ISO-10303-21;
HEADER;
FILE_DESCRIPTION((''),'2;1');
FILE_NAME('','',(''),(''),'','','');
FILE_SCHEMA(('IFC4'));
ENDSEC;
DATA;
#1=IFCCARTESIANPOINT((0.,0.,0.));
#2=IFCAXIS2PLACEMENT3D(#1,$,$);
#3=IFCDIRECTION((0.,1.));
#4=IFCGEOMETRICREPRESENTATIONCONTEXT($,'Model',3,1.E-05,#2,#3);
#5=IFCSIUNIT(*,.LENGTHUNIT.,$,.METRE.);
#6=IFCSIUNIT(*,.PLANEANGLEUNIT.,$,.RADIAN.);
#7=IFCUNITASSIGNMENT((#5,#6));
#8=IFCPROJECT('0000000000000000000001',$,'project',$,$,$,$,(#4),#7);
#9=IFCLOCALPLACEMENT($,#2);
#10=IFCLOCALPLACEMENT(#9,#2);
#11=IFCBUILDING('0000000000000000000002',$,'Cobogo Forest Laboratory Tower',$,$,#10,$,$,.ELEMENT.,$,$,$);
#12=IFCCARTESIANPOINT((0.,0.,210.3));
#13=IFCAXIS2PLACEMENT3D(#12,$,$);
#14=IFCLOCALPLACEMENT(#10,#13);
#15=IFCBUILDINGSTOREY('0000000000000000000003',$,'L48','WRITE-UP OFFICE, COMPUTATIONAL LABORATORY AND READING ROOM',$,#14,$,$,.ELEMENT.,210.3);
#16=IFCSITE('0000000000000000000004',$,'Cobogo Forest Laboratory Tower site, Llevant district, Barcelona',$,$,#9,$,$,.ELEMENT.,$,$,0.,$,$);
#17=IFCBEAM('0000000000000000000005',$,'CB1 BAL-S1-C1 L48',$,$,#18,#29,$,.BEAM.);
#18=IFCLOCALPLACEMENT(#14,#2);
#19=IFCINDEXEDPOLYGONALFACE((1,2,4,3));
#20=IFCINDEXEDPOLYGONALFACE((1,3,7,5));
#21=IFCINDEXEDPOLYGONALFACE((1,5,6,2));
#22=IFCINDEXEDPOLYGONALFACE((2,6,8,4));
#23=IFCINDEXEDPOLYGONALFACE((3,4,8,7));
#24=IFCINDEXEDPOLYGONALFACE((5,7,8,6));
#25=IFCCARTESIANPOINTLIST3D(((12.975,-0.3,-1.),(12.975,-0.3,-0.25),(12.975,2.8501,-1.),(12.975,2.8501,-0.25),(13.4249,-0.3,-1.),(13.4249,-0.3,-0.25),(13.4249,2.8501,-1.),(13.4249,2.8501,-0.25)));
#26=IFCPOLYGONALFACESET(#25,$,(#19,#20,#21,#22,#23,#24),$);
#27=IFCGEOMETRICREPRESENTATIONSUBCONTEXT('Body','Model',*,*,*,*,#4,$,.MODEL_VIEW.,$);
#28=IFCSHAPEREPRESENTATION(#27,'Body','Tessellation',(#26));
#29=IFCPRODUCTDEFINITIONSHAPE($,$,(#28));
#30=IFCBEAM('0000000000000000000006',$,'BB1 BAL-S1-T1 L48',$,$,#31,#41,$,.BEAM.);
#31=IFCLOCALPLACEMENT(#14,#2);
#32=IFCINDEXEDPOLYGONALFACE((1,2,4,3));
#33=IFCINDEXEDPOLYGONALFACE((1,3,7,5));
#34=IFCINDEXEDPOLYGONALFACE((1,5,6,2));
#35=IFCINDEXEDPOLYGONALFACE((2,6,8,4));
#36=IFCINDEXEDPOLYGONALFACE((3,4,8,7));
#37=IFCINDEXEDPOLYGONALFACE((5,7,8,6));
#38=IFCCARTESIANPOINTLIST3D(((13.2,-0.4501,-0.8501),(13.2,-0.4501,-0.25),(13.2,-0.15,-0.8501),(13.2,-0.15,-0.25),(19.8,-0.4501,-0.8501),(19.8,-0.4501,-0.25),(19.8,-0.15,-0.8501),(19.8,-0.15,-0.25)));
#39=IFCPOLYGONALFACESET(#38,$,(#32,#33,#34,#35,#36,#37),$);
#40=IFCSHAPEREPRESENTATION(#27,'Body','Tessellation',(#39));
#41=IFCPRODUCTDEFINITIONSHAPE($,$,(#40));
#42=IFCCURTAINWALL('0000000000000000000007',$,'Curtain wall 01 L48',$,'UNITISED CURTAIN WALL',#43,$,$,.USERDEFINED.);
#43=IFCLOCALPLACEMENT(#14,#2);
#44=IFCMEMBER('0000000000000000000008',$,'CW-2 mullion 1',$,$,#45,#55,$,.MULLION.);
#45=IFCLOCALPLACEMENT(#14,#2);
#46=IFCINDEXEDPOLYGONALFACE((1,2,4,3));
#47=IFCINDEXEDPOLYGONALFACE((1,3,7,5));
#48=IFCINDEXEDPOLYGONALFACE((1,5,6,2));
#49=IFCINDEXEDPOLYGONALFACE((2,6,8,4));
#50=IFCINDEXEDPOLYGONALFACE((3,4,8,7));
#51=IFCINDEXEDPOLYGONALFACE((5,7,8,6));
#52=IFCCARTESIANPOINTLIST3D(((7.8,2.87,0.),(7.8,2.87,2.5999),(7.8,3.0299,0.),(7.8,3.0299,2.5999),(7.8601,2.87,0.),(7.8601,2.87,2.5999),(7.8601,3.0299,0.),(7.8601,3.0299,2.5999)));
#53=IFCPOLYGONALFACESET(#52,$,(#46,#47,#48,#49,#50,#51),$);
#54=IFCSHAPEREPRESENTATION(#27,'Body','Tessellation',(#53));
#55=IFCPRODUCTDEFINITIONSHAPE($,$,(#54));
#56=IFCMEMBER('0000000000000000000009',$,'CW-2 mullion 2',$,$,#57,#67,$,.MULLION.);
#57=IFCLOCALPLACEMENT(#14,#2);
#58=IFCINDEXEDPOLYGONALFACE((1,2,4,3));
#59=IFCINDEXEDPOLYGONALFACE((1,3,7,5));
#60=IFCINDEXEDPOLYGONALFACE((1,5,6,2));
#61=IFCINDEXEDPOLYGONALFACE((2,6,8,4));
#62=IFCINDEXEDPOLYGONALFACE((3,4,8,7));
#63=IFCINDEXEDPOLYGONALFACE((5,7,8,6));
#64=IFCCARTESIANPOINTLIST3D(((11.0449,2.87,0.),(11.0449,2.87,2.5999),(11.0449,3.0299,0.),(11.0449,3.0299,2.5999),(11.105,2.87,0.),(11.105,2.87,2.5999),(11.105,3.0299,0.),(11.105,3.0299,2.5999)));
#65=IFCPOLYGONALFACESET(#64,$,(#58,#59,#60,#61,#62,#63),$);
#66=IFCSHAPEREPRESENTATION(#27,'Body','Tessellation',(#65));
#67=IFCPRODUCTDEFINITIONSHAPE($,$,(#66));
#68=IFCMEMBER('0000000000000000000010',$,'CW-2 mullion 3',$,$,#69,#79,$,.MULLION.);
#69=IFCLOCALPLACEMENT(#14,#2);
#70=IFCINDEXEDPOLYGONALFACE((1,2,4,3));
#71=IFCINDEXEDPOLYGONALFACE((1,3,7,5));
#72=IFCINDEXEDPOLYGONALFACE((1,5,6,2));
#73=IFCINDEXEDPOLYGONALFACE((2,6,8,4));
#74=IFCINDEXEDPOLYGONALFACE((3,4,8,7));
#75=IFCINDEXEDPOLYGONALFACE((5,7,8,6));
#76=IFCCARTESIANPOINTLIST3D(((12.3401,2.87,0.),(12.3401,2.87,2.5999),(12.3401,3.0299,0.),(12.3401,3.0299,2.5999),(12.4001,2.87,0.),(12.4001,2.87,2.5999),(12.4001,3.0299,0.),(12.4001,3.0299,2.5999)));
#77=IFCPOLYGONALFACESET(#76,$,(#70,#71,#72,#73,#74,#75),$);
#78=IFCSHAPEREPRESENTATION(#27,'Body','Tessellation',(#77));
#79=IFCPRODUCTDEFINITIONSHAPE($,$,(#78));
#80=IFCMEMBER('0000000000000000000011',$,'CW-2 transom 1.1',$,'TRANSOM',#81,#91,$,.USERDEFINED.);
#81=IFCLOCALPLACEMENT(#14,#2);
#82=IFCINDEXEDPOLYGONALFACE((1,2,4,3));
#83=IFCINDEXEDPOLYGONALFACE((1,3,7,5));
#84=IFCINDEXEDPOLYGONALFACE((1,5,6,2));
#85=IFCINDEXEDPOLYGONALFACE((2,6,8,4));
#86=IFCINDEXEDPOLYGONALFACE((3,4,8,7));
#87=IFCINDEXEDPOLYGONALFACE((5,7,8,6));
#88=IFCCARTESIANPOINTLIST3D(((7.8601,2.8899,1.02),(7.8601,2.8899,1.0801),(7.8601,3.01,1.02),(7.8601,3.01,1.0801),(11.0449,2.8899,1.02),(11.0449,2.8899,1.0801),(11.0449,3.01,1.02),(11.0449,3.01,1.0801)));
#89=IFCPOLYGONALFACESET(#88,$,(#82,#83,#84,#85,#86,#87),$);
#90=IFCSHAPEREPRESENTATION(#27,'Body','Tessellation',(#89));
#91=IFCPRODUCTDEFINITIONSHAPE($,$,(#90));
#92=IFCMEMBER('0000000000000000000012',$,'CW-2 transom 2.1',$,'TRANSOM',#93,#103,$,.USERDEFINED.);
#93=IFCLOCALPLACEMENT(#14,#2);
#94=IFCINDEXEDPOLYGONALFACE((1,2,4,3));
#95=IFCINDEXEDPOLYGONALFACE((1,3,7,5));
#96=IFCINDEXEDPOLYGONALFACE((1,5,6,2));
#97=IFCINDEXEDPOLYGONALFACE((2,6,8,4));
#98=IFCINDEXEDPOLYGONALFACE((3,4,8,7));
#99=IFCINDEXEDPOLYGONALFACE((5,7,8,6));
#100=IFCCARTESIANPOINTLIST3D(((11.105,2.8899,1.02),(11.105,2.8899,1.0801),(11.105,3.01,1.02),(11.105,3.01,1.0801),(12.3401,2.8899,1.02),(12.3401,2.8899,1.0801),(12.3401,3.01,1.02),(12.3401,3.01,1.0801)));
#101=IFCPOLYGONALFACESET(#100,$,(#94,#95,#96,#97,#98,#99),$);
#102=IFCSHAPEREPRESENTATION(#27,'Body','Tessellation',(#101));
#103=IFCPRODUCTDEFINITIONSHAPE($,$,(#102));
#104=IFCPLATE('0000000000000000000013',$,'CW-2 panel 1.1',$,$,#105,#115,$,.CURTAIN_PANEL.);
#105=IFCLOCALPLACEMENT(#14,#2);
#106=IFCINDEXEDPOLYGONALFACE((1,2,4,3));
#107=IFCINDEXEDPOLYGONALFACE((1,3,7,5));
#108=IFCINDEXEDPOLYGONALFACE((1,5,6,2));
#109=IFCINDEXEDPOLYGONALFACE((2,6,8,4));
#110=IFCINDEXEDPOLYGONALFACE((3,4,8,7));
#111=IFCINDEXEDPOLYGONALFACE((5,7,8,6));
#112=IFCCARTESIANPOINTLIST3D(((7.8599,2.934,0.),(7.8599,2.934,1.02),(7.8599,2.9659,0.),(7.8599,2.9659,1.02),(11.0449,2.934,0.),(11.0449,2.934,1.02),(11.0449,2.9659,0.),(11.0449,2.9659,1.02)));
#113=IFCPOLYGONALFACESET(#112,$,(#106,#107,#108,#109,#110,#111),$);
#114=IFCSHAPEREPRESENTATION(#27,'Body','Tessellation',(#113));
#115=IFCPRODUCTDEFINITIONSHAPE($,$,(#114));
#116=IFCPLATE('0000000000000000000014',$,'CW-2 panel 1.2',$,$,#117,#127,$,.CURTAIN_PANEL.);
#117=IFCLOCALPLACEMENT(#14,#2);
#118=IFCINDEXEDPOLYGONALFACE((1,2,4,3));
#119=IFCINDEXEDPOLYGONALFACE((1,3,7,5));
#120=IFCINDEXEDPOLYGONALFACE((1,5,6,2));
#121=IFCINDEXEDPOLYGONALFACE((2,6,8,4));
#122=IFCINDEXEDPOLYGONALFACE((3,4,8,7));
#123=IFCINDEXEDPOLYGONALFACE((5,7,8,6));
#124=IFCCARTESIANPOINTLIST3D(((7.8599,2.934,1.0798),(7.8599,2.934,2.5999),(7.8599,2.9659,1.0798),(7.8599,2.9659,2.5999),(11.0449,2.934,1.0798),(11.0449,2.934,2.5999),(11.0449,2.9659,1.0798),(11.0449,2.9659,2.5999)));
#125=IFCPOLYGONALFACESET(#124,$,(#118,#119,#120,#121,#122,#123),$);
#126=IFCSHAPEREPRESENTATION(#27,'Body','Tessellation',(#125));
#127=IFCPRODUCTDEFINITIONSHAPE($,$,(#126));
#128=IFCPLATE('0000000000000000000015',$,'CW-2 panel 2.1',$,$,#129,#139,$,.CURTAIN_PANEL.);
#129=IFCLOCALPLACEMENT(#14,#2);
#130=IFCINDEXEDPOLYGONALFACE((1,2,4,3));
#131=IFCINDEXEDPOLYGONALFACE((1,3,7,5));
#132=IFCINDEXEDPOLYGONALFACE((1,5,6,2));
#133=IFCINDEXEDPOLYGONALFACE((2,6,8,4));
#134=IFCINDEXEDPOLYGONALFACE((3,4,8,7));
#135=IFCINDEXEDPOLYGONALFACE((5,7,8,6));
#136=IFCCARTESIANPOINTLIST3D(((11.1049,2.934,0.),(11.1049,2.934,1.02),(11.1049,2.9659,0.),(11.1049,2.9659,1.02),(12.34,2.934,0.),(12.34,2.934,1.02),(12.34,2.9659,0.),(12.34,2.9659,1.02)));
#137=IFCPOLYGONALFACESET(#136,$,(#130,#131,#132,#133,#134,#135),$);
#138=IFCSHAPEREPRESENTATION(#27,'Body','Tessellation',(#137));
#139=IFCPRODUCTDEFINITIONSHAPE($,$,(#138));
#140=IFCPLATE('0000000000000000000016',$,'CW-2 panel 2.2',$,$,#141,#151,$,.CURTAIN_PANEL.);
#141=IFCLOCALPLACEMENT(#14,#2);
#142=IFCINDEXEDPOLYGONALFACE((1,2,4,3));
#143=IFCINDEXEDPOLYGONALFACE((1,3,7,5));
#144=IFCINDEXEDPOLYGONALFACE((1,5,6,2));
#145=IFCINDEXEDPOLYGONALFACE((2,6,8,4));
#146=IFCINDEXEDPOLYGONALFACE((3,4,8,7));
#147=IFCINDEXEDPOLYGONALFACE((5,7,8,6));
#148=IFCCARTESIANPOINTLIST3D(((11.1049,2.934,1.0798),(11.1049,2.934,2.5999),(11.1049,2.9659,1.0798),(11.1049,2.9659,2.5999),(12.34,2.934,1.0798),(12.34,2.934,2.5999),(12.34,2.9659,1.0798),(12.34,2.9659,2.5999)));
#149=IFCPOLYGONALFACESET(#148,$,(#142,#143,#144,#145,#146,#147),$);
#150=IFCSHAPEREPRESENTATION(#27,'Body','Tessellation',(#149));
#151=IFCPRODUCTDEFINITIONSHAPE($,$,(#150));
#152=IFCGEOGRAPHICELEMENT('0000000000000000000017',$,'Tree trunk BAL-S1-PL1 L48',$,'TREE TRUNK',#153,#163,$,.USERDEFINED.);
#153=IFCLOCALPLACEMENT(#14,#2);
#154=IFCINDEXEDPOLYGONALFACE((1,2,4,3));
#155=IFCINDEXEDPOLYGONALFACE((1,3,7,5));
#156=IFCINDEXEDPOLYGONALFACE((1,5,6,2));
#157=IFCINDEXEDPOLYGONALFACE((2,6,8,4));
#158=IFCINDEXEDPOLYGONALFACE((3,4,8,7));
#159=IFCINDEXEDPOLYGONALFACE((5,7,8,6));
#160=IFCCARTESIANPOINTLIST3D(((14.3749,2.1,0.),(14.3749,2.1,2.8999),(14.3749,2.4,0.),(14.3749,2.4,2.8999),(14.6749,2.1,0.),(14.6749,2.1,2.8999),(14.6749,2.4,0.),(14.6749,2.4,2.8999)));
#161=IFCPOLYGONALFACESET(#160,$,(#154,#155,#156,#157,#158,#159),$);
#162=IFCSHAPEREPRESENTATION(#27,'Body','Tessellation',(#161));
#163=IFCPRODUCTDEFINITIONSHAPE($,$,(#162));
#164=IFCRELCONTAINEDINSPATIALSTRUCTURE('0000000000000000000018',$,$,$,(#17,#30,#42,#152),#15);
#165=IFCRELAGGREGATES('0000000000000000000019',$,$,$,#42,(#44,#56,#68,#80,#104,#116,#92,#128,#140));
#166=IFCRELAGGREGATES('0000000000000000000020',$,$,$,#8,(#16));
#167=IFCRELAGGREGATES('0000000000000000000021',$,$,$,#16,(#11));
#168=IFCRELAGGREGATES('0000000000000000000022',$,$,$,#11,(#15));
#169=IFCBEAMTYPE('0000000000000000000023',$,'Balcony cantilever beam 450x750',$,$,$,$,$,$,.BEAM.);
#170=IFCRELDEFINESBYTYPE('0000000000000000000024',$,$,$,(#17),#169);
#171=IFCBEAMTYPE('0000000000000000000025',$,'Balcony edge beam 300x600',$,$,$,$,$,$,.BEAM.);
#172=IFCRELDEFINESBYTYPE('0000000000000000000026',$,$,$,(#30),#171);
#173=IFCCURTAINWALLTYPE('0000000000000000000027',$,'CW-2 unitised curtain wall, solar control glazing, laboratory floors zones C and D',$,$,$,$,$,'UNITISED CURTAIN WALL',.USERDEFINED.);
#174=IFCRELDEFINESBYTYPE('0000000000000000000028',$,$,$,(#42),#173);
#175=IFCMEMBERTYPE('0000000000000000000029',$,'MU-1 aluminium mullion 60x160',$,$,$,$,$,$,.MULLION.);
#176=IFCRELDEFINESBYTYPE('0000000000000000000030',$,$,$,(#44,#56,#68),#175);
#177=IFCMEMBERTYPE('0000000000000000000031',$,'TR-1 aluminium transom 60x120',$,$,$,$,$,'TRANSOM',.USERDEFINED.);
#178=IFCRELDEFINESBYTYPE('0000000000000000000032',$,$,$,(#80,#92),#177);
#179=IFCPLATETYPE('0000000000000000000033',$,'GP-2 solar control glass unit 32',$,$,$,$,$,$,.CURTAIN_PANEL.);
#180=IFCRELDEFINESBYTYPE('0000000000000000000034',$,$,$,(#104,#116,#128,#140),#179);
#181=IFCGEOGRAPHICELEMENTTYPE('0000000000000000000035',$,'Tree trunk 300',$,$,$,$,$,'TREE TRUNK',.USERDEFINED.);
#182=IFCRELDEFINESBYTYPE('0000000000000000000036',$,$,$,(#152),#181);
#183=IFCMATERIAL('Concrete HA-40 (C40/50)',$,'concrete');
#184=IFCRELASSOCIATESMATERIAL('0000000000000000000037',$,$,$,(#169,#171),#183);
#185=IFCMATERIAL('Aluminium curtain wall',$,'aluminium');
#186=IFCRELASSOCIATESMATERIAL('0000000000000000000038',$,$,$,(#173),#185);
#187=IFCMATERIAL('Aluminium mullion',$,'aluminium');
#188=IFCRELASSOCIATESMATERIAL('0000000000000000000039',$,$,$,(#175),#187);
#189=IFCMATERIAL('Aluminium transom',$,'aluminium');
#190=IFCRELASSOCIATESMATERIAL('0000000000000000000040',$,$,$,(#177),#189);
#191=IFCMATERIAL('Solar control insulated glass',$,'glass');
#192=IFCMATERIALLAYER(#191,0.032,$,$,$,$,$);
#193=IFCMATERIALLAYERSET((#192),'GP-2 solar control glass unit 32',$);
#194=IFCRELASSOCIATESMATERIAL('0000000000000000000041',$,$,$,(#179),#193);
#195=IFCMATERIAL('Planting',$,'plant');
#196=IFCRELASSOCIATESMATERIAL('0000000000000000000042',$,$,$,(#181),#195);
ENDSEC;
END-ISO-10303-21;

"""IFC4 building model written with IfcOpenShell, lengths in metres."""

from ifc_helpers import new_model, si_unit, direction, frame, origin, origin_2d, place, context, subcontext, project, spatial, rectangle, extrude, material, layer, layer_set, material_profile, profile_set, type_object, element, aggregate, save


model = new_model("IFC4")

# Units and contexts
model_context = context("Model", 3, precision=1e-05, world=origin(), true_north=direction((0.0, 1.0)))
body_context = subcontext(model_context, "Body", "Model", "MODEL_VIEW")
ifc_project = project(units=[si_unit("LENGTHUNIT", "METRE"), si_unit("PLANEANGLEUNIT", "RADIAN")], contexts=[model_context])

# Site, building, storey
site_placement = place(None, origin())
site = spatial("IfcSite", under=ifc_project, at=site_placement, Name="Cobogo Forest Laboratory Tower site, Llevant district, Barcelona", CompositionType="ELEMENT", RefElevation=0.0)
building_placement = place(site_placement, origin())
building = spatial("IfcBuilding", under=site, at=building_placement, Name="Cobogo Forest Laboratory Tower", CompositionType="ELEMENT")
storey_placement = place(building_placement, frame((0.0, 0.0, 210.3)))
storey = spatial("IfcBuildingStorey", under=building, at=storey_placement, Name="L48", Description="WRITE-UP OFFICE, COMPUTATIONAL LABORATORY AND READING ROOM", CompositionType="ELEMENT", Elevation=210.3)

# Beams
ifc_material_1 = material(Name="Concrete HA-40 (C40/50)", Category="concrete")
ifc_material_profile_1 = material_profile(ifc_material_1, rectangle(XDim=0.45, YDim=0.75, at=origin_2d()), Name="RC 450x750")
ifc_profile_set_1 = profile_set([ifc_material_profile_1], Name="Concrete HA-40 (C40/50)")
beam_type_1 = type_object("IfcBeamType", Name="Balcony cantilever beam 450x750", PredefinedType="BEAM", material=ifc_profile_set_1)
beam_1_placement = place(storey_placement, frame((13.2, 2.8501, -0.625), z_axis=(0.0, -1.0, 0.0), x_axis=(1.0, 0.0, 0.0)))
element("IfcBeam", 1, at=beam_1_placement, inside=storey, type_object=beam_type_1, Name="CB1 BAL-S1-C1 L48", PredefinedType="BEAM", context=body_context, shape_type="SweptSolid", body=[
    extrude(rectangle(XDim=0.45, YDim=0.75, at=origin_2d()), origin(), (0.0, 0.0, 1.0), 3.1501),
])
ifc_material_profile_2 = material_profile(ifc_material_1, rectangle(XDim=0.3, YDim=0.6001, at=origin_2d()), Name="RC 300x600")
ifc_profile_set_2 = profile_set([ifc_material_profile_2], Name="Concrete HA-40 (C40/50)")
beam_type_2 = type_object("IfcBeamType", Name="Balcony edge beam 300x600", PredefinedType="BEAM", material=ifc_profile_set_2)
beam_2_placement = place(storey_placement, frame((13.2, -0.3, -0.55), z_axis=(1.0, 0.0, 0.0), x_axis=(0.0, 1.0, 0.0)))
element("IfcBeam", 2, at=beam_2_placement, inside=storey, type_object=beam_type_2, Name="BB1 BAL-S1-T1 L48", PredefinedType="BEAM", context=body_context, shape_type="SweptSolid", body=[
    extrude(rectangle(XDim=0.3, YDim=0.6001, at=origin_2d()), origin(), (0.0, 0.0, 1.0), 6.6001),
])

# Curtain wall, members, plates
ifc_material_2 = material(Name="Aluminium curtain wall", Category="aluminium")
curtain_wall_type = type_object("IfcCurtainWallType", Name="CW-2 unitised curtain wall, solar control glazing, laboratory floors zones C and D", ElementType="UNITISED CURTAIN WALL", PredefinedType="USERDEFINED", material=ifc_material_2)
curtain_wall_placement = place(storey_placement, origin())
curtain_wall = element("IfcCurtainWall", 3, at=curtain_wall_placement, inside=storey, type_object=curtain_wall_type, Name="Curtain wall 01 L48", ObjectType="UNITISED CURTAIN WALL", PredefinedType="USERDEFINED")
ifc_material_3 = material(Name="Aluminium mullion", Category="aluminium")
ifc_material_profile_3 = material_profile(ifc_material_3, rectangle(XDim=0.0601, YDim=0.1599, at=origin_2d()), Name="AL 60x160")
ifc_profile_set_3 = profile_set([ifc_material_profile_3], Name="Aluminium mullion")
member_type_1 = type_object("IfcMemberType", Name="MU-1 aluminium mullion 60x160", PredefinedType="MULLION", material=ifc_profile_set_3)
member_1_placement = place(storey_placement, frame((7.8301, 2.95, 0.0), z_axis=(0.0, 0.0, 1.0), x_axis=(1.0, 0.0, 0.0)))
member_1 = element("IfcMember", 4, at=member_1_placement, type_object=member_type_1, Name="CW-2 mullion 1", PredefinedType="MULLION", context=body_context, shape_type="SweptSolid", body=[
    extrude(rectangle(XDim=0.0601, YDim=0.1599, at=origin_2d()), origin(), (0.0, 0.0, 1.0), 2.5999),
])
member_2_placement = place(storey_placement, frame((11.075, 2.95, 0.0), z_axis=(0.0, 0.0, 1.0), x_axis=(1.0, 0.0, 0.0)))
member_2 = element("IfcMember", 5, at=member_2_placement, type_object=member_type_1, Name="CW-2 mullion 2", PredefinedType="MULLION", context=body_context, shape_type="SweptSolid", body=[
    extrude(rectangle(XDim=0.0601, YDim=0.1599, at=origin_2d()), origin(), (0.0, 0.0, 1.0), 2.5999),
])
member_3_placement = place(storey_placement, frame((12.3701, 2.95, 0.0), z_axis=(0.0, 0.0, 1.0), x_axis=(1.0, 0.0, 0.0)))
member_3 = element("IfcMember", 6, at=member_3_placement, type_object=member_type_1, Name="CW-2 mullion 3", PredefinedType="MULLION", context=body_context, shape_type="SweptSolid", body=[
    extrude(rectangle(XDim=0.0601, YDim=0.1599, at=origin_2d()), origin(), (0.0, 0.0, 1.0), 2.5999),
])
ifc_material_4 = material(Name="Aluminium transom", Category="aluminium")
ifc_material_profile_4 = material_profile(ifc_material_4, rectangle(XDim=0.1201, YDim=0.0601, at=origin_2d()), Name="AL 60x120")
ifc_profile_set_4 = profile_set([ifc_material_profile_4], Name="Aluminium transom")
member_type_2 = type_object("IfcMemberType", Name="TR-1 aluminium transom 60x120", ElementType="TRANSOM", PredefinedType="USERDEFINED", material=ifc_profile_set_4)
member_4_placement = place(storey_placement, frame((7.8601, 2.95, 1.05), z_axis=(1.0, 0.0, 0.0), x_axis=(0.0, 1.0, 0.0)))
member_4 = element("IfcMember", 7, at=member_4_placement, type_object=member_type_2, Name="CW-2 transom 1.1", ObjectType="TRANSOM", PredefinedType="USERDEFINED", context=body_context, shape_type="SweptSolid", body=[
    extrude(rectangle(XDim=0.1201, YDim=0.0601, at=origin_2d()), origin(), (0.0, 0.0, 1.0), 3.1848),
])
member_5_placement = place(storey_placement, frame((11.105, 2.95, 1.05), z_axis=(1.0, 0.0, 0.0), x_axis=(0.0, 1.0, 0.0)))
member_5 = element("IfcMember", 8, at=member_5_placement, type_object=member_type_2, Name="CW-2 transom 2.1", ObjectType="TRANSOM", PredefinedType="USERDEFINED", context=body_context, shape_type="SweptSolid", body=[
    extrude(rectangle(XDim=0.1201, YDim=0.0601, at=origin_2d()), origin(), (0.0, 0.0, 1.0), 1.2351),
])
ifc_material_5 = material(Name="Solar control insulated glass", Category="glass")
ifc_layer_1 = layer(ifc_material_5, 0.032)
ifc_layer_set_1 = layer_set([ifc_layer_1], Name="GP-2 solar control glass unit 32")
plate_type = type_object("IfcPlateType", Name="GP-2 solar control glass unit 32", PredefinedType="CURTAIN_PANEL", material=ifc_layer_set_1)
plate_1_placement = place(storey_placement, frame((9.4524, 2.95, 0.0), z_axis=(0.0, 0.0, 1.0), x_axis=(1.0, 0.0, 0.0)))
plate_1 = element("IfcPlate", 9, at=plate_1_placement, type_object=plate_type, Name="CW-2 panel 1.1", PredefinedType="CURTAIN_PANEL", context=body_context, shape_type="SweptSolid", body=[
    extrude(rectangle(XDim=3.1851, YDim=0.032, at=origin_2d()), origin(), (0.0, 0.0, 1.0), 1.02),
])
plate_2_placement = place(storey_placement, frame((9.4524, 2.95, 1.0798), z_axis=(0.0, 0.0, 1.0), x_axis=(1.0, 0.0, 0.0)))
plate_2 = element("IfcPlate", 10, at=plate_2_placement, type_object=plate_type, Name="CW-2 panel 1.2", PredefinedType="CURTAIN_PANEL", context=body_context, shape_type="SweptSolid", body=[
    extrude(rectangle(XDim=3.1851, YDim=0.032, at=origin_2d()), origin(), (0.0, 0.0, 1.0), 1.52),
])
plate_3_placement = place(storey_placement, frame((11.7224, 2.95, 0.0), z_axis=(0.0, 0.0, 1.0), x_axis=(1.0, 0.0, 0.0)))
plate_3 = element("IfcPlate", 11, at=plate_3_placement, type_object=plate_type, Name="CW-2 panel 2.1", PredefinedType="CURTAIN_PANEL", context=body_context, shape_type="SweptSolid", body=[
    extrude(rectangle(XDim=1.2351, YDim=0.032, at=origin_2d()), origin(), (0.0, 0.0, 1.0), 1.02),
])
plate_4_placement = place(storey_placement, frame((11.7224, 2.95, 1.0798), z_axis=(0.0, 0.0, 1.0), x_axis=(1.0, 0.0, 0.0)))
plate_4 = element("IfcPlate", 12, at=plate_4_placement, type_object=plate_type, Name="CW-2 panel 2.2", PredefinedType="CURTAIN_PANEL", context=body_context, shape_type="SweptSolid", body=[
    extrude(rectangle(XDim=1.2351, YDim=0.032, at=origin_2d()), origin(), (0.0, 0.0, 1.0), 1.52),
])
aggregate(curtain_wall, [member_1, member_2, member_3, member_4, plate_1, plate_2, member_5, plate_3, plate_4])

# Geographic element
ifc_material_6 = material(Name="Planting", Category="plant")
geographic_element_type = type_object("IfcGeographicElementType", Name="Tree trunk 300", ElementType="TREE TRUNK", PredefinedType="USERDEFINED", material=ifc_material_6)
geographic_element_placement = place(storey_placement, frame((14.5249, 2.25, 0.0), z_axis=(0.0, 0.0, 1.0), x_axis=(1.0, 0.0, 0.0)))
element("IfcGeographicElement", 13, at=geographic_element_placement, inside=storey, type_object=geographic_element_type, Name="Tree trunk BAL-S1-PL1 L48", ObjectType="TREE TRUNK", PredefinedType="USERDEFINED", context=body_context, shape_type="SweptSolid", body=[
    extrude(rectangle(XDim=0.3, YDim=0.3, at=origin_2d()), origin(), (0.0, 0.0, 1.0), 2.8999),
])

save(model, "model.ifc")
